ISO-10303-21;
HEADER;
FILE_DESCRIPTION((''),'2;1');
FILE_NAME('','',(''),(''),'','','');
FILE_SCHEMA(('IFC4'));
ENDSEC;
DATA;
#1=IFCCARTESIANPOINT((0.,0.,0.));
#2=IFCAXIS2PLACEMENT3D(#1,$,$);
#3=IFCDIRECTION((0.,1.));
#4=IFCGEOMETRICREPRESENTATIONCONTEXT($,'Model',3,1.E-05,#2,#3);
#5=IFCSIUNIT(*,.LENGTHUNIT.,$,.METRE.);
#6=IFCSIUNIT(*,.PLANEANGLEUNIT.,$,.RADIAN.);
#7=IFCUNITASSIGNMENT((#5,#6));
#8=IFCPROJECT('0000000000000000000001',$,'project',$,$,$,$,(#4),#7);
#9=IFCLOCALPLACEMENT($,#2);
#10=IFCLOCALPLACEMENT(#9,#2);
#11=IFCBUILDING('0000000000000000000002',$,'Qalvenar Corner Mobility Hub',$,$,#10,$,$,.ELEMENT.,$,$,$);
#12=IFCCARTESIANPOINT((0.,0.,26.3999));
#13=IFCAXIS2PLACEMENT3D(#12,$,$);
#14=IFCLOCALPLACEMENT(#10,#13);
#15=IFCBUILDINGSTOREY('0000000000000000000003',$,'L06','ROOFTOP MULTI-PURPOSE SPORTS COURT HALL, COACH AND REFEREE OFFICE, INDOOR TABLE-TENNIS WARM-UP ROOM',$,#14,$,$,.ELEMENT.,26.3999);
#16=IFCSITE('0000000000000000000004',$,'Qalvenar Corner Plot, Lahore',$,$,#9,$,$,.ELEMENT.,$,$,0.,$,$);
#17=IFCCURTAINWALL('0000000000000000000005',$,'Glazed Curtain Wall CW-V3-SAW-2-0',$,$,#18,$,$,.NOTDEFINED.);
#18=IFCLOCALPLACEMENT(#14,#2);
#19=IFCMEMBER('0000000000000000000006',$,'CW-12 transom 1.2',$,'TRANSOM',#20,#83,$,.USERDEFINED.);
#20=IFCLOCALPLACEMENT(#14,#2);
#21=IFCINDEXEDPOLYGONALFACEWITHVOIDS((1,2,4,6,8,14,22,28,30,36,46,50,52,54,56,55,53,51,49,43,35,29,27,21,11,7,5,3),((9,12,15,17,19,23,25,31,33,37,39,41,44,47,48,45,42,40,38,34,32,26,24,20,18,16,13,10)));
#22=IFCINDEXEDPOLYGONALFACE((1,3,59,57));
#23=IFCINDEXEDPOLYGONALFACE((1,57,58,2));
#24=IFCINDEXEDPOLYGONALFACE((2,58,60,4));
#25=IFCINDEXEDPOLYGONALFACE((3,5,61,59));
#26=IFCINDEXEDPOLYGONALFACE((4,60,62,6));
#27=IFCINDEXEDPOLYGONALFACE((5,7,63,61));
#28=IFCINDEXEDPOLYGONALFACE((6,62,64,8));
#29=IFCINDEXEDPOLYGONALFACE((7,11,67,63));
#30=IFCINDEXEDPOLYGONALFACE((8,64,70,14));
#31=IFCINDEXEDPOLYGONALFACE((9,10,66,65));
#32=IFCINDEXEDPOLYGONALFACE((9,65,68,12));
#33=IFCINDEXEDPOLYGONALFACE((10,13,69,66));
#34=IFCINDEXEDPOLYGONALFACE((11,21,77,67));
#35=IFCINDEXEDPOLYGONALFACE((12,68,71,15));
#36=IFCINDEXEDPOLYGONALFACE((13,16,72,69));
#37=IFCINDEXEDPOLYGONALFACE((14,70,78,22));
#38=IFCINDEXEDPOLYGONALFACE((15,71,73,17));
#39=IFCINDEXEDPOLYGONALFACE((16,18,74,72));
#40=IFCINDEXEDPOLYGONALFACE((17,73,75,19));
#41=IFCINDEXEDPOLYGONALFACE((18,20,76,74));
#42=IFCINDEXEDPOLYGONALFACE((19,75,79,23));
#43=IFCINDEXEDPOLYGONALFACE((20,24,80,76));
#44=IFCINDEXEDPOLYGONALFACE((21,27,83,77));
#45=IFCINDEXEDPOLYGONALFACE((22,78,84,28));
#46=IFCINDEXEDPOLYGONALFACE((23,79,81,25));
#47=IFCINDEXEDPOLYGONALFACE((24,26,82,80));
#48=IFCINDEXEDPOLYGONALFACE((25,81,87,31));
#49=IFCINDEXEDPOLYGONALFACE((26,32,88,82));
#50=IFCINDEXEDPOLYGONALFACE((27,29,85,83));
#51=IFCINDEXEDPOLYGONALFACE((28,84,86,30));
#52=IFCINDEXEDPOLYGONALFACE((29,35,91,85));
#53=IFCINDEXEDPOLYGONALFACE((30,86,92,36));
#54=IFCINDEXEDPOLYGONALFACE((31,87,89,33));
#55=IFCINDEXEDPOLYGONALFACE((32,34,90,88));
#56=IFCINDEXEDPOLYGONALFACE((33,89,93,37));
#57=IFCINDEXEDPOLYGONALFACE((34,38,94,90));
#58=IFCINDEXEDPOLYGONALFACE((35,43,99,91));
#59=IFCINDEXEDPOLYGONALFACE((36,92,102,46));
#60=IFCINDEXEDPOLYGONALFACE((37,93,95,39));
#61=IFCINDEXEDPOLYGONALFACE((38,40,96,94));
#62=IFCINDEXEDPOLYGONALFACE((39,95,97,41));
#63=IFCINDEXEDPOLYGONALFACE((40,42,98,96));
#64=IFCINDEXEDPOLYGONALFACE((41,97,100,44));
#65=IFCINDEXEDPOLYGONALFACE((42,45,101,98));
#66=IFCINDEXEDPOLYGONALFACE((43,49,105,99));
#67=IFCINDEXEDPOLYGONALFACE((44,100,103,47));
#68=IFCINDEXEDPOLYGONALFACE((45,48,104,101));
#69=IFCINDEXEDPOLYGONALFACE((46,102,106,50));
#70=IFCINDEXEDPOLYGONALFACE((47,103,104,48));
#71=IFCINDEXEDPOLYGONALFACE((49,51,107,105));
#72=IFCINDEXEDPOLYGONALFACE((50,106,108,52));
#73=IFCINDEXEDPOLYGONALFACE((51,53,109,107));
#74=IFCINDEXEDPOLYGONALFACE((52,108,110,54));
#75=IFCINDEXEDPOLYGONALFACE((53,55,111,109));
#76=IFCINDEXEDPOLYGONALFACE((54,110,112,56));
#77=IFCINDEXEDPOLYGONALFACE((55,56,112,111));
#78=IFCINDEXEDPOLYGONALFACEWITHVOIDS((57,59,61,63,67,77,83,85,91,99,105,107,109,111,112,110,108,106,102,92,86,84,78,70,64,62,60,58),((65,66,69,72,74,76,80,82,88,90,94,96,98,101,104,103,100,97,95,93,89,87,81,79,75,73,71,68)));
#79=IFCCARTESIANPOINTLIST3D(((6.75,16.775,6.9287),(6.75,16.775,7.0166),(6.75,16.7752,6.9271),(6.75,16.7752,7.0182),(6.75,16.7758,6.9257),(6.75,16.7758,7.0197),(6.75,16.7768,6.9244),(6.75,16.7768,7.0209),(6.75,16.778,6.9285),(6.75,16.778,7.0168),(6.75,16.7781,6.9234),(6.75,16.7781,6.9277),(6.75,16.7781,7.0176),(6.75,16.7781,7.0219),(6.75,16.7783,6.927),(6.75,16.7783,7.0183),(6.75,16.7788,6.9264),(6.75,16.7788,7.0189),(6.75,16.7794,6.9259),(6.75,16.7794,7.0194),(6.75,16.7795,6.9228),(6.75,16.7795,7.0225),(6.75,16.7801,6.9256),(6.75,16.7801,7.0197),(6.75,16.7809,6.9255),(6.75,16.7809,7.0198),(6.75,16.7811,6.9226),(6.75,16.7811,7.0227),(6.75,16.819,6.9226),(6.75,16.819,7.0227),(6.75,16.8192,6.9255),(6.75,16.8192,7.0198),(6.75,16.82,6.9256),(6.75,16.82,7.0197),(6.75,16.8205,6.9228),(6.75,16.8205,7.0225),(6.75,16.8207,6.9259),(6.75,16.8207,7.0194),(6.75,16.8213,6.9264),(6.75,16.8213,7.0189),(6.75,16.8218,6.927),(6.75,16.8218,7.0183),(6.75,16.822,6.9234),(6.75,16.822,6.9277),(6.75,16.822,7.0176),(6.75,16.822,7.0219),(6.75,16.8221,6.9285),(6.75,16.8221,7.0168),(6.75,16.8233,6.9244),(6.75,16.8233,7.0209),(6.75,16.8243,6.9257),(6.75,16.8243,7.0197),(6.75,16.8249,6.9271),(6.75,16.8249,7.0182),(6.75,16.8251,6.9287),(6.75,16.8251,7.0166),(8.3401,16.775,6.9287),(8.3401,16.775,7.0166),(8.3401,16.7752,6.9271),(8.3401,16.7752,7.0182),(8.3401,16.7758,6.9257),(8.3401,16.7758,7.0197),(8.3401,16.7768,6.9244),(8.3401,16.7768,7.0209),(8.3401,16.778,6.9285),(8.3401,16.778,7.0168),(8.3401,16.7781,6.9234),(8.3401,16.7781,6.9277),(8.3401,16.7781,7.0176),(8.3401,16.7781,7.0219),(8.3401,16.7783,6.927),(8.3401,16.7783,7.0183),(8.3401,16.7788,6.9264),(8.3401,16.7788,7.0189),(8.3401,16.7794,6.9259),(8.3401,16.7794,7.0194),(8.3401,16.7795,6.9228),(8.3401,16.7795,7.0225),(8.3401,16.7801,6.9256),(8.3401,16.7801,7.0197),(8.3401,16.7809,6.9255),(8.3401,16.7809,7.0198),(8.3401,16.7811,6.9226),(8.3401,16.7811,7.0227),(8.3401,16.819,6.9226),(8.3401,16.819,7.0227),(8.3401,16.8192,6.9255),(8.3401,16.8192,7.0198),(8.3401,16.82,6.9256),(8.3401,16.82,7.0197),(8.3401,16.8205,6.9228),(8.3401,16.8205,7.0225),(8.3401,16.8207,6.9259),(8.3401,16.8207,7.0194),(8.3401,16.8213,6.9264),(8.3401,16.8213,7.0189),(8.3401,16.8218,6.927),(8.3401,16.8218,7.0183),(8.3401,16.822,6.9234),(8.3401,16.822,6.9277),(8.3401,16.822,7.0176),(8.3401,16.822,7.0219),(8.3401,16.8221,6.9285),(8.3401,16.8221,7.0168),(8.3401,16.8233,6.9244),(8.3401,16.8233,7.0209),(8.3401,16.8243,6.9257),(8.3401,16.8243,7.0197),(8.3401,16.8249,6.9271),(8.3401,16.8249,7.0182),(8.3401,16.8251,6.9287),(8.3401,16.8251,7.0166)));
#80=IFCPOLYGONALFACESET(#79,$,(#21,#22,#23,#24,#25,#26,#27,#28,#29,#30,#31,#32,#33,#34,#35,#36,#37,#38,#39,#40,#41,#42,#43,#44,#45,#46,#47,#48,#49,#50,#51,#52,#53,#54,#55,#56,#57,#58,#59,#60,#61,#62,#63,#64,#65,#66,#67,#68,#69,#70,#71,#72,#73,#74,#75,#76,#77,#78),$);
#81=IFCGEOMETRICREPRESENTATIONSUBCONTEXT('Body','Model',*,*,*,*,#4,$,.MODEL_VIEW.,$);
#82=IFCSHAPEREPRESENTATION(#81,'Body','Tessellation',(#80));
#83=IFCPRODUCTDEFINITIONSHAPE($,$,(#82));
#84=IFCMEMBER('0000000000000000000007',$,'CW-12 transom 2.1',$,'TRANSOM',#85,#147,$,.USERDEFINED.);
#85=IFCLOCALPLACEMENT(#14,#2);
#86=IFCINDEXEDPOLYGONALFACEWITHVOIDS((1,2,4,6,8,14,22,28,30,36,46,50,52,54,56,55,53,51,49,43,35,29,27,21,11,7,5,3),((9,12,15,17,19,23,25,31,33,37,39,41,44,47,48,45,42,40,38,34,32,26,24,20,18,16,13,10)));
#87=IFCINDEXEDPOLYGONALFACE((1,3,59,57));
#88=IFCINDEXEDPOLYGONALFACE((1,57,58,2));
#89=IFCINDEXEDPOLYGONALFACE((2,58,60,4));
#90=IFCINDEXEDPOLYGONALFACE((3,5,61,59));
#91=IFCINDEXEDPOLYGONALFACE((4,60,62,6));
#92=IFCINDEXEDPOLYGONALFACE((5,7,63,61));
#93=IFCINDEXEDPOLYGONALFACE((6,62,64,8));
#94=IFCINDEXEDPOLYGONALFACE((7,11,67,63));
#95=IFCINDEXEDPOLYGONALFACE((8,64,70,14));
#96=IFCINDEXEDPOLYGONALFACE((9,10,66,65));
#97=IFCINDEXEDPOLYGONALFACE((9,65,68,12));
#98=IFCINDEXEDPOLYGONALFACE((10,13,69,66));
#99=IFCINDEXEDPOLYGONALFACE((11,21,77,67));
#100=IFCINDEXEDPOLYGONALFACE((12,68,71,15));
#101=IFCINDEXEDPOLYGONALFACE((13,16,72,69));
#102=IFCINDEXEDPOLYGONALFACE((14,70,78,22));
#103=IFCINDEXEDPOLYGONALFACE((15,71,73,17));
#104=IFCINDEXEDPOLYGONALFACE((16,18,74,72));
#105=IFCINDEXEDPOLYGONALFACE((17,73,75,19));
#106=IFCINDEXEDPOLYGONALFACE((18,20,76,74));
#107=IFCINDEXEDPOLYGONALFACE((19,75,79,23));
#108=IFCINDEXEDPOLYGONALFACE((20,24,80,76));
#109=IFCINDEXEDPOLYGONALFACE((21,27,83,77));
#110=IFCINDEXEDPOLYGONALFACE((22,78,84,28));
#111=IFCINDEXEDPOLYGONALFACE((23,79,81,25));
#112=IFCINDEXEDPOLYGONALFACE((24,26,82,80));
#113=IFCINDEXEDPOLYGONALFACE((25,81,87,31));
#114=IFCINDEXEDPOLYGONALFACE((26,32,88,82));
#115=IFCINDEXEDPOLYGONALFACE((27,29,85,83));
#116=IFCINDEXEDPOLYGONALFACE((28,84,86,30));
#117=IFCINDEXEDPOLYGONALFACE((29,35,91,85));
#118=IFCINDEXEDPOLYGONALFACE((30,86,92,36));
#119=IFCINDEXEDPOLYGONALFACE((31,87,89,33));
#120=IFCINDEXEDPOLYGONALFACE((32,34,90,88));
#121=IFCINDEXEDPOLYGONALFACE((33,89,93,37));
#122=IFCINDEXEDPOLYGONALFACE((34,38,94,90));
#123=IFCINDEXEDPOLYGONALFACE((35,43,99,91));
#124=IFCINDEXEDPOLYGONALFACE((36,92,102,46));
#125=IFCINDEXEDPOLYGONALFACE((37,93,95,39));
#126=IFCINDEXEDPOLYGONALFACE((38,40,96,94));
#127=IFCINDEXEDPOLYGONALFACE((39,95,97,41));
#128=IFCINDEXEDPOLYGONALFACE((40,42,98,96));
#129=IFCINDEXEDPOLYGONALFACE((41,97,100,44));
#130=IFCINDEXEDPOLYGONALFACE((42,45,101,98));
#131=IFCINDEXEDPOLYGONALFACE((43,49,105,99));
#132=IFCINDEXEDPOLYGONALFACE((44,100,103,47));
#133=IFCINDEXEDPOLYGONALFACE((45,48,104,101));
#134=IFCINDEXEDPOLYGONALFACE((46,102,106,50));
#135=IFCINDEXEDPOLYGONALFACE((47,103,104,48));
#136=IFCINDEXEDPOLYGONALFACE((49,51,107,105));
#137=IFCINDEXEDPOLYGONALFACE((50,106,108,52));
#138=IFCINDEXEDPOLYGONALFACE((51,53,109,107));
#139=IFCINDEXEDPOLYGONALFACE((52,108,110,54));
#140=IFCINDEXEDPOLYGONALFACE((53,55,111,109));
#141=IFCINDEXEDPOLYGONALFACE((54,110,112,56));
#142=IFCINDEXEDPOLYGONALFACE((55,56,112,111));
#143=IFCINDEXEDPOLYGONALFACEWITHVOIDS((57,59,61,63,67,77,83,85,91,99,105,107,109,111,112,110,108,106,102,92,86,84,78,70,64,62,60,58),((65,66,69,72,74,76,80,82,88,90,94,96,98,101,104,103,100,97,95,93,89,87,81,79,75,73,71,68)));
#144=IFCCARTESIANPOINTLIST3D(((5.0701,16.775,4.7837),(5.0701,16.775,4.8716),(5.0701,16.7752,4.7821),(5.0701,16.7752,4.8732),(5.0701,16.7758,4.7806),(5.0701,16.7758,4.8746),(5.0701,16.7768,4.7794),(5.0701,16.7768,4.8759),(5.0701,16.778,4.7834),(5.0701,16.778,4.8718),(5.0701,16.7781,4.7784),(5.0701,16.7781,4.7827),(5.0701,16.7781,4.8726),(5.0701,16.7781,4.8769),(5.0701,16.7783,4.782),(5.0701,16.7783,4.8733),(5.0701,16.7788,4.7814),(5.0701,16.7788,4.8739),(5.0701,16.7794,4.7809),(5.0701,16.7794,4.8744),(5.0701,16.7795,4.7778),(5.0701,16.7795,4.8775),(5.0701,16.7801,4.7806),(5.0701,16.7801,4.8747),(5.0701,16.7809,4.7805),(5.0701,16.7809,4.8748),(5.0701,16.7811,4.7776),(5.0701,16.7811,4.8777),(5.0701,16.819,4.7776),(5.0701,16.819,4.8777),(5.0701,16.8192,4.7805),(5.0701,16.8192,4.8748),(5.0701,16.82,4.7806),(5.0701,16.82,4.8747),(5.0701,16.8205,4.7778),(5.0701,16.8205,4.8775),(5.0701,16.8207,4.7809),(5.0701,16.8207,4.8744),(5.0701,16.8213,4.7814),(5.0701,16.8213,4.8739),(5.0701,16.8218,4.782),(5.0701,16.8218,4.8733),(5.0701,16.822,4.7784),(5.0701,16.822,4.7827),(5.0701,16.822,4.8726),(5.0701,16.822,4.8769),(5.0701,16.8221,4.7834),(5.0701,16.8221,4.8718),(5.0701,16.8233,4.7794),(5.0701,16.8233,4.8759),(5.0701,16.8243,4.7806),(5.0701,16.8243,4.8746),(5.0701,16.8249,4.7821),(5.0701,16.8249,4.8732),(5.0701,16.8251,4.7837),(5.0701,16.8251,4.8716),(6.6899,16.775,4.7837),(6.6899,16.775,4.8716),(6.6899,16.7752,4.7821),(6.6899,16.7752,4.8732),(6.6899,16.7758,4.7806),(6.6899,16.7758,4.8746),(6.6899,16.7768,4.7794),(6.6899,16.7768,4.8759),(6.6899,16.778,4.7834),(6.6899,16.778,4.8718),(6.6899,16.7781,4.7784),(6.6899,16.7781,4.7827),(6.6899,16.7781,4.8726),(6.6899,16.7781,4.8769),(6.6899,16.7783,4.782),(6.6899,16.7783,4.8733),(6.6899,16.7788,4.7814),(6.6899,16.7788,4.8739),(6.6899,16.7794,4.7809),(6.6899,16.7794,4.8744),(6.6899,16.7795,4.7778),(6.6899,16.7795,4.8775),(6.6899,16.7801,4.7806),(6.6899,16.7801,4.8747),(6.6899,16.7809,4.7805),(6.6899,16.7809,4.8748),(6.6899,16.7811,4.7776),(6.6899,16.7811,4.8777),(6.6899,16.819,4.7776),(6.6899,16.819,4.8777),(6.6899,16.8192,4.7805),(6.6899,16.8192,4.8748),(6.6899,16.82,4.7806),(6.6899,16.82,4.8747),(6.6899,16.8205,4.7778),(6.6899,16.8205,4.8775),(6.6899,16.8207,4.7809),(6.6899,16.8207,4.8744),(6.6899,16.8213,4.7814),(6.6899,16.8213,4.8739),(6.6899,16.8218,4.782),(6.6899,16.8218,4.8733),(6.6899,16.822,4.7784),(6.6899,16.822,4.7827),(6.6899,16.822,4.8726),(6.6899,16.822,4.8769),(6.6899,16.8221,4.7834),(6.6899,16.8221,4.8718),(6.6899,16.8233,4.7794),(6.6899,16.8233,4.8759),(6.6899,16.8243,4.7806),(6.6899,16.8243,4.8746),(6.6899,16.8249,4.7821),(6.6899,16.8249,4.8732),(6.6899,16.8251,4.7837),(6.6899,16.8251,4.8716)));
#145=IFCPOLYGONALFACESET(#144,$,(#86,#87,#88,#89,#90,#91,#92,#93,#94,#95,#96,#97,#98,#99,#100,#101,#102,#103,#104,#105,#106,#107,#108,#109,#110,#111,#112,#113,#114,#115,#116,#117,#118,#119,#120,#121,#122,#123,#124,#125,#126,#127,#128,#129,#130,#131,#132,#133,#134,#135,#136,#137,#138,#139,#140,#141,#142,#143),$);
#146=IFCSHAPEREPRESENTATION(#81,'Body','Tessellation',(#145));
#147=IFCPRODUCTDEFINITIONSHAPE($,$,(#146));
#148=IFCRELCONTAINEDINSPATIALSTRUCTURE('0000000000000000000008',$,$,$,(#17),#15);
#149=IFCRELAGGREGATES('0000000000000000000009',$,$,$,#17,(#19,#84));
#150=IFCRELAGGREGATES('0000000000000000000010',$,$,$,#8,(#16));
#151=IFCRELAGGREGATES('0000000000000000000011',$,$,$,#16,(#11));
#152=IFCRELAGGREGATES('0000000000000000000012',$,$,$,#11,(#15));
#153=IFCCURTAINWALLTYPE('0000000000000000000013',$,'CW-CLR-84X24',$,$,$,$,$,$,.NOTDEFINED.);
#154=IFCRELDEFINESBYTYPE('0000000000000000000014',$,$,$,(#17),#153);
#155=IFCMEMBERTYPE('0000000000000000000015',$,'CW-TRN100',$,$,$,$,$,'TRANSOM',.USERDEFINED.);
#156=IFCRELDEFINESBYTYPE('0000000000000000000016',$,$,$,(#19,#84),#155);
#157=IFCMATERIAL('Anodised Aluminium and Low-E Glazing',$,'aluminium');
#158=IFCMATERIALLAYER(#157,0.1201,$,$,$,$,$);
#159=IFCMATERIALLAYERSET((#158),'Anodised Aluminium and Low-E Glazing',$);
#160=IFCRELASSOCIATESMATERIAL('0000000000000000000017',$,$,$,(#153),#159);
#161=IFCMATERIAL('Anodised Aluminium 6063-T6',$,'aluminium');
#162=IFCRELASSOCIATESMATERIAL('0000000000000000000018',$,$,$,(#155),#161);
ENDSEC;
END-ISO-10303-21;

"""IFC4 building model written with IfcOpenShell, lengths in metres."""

from ifc_helpers import new_model, si_unit, direction, frame, origin, origin_2d, place, context, subcontext, project, spatial, hollow_rectangle, extrude, material, layer, layer_set, material_profile, profile_set, type_object, element, aggregate, save


model = new_model("IFC4")

# Units and contexts
model_context = context("Model", 3, precision=1e-05, world=origin(), true_north=direction((0.0, 1.0)))
body_context = subcontext(model_context, "Body", "Model", "MODEL_VIEW")
ifc_project = project(units=[si_unit("LENGTHUNIT", "METRE"), si_unit("PLANEANGLEUNIT", "RADIAN")], contexts=[model_context])

# Site, building, storey
site_placement = place(None, origin())
site = spatial("IfcSite", under=ifc_project, at=site_placement, Name="Qalvenar Corner Plot, Lahore", CompositionType="ELEMENT", RefElevation=0.0)
building_placement = place(site_placement, origin())
building = spatial("IfcBuilding", under=site, at=building_placement, Name="Qalvenar Corner Mobility Hub", CompositionType="ELEMENT")
storey_placement = place(building_placement, frame((0.0, 0.0, 26.3999)))
storey = spatial("IfcBuildingStorey", under=building, at=storey_placement, Name="L06", Description="ROOFTOP MULTI-PURPOSE SPORTS COURT HALL, COACH AND REFEREE OFFICE, INDOOR TABLE-TENNIS WARM-UP ROOM", CompositionType="ELEMENT", Elevation=26.3999)

# Curtain wall
ifc_material_1 = material(Name="Anodised Aluminium and Low-E Glazing", Category="aluminium")
ifc_layer_1 = layer(ifc_material_1, 0.1201)
ifc_layer_set_1 = layer_set([ifc_layer_1], Name="Anodised Aluminium and Low-E Glazing")
curtain_wall_type = type_object("IfcCurtainWallType", Name="CW-CLR-84X24", PredefinedType="NOTDEFINED", material=ifc_layer_set_1)
curtain_wall_1_placement = place(storey_placement, origin())
curtain_wall_1 = element("IfcCurtainWall", 1, at=curtain_wall_1_placement, inside=storey, type_object=curtain_wall_type, Name="Glazed Curtain Wall CW-V3-SAW-2-0", PredefinedType="NOTDEFINED")
ifc_material_2 = material(Name="Anodised Aluminium 6063-T6", Category="aluminium")

# Members
ifc_material_profile_1 = material_profile(ifc_material_2, hollow_rectangle(XDim=0.05, YDim=0.1001, WallThickness=0.0029, InnerFilletRadius=0.0029, OuterFilletRadius=0.0061, at=origin_2d()), Name="RHS100x50x3")
ifc_profile_set_1 = profile_set([ifc_material_profile_1], Name="Anodised Aluminium 6063-T6")
member_type_1 = type_object("IfcMemberType", Name="CW-TRN100", ElementType="TRANSOM", PredefinedType="USERDEFINED", material=ifc_profile_set_1)
member_1_placement = place(storey_placement, frame((8.3401, 16.8, 6.9727), z_axis=(-1.0, 0.0, 0.0), x_axis=(0.0, -1.0, 0.0)))
member_1 = element("IfcMember", 2, at=member_1_placement, type_object=member_type_1, Name="CW-12 transom 1.2", ObjectType="TRANSOM", PredefinedType="USERDEFINED", context=body_context, shape_type="SweptSolid", body=[
    extrude(hollow_rectangle(XDim=0.05, YDim=0.1001, WallThickness=0.0029, InnerFilletRadius=0.0029, OuterFilletRadius=0.0061, at=origin_2d()), origin(), (0.0, 0.0, 1.0), 1.5901),
])
member_2_placement = place(storey_placement, frame((6.6899, 16.8, 4.8276), z_axis=(-1.0, 0.0, 0.0), x_axis=(0.0, -1.0, 0.0)))
member_2 = element("IfcMember", 3, at=member_2_placement, type_object=member_type_1, Name="CW-12 transom 2.1", ObjectType="TRANSOM", PredefinedType="USERDEFINED", context=body_context, shape_type="SweptSolid", body=[
    extrude(hollow_rectangle(XDim=0.05, YDim=0.1001, WallThickness=0.0029, InnerFilletRadius=0.0029, OuterFilletRadius=0.0061, at=origin_2d()), origin(), (0.0, 0.0, 1.0), 1.6199),
])

aggregate(curtain_wall_1, [member_1, member_2])

save(model, "model.ifc")
